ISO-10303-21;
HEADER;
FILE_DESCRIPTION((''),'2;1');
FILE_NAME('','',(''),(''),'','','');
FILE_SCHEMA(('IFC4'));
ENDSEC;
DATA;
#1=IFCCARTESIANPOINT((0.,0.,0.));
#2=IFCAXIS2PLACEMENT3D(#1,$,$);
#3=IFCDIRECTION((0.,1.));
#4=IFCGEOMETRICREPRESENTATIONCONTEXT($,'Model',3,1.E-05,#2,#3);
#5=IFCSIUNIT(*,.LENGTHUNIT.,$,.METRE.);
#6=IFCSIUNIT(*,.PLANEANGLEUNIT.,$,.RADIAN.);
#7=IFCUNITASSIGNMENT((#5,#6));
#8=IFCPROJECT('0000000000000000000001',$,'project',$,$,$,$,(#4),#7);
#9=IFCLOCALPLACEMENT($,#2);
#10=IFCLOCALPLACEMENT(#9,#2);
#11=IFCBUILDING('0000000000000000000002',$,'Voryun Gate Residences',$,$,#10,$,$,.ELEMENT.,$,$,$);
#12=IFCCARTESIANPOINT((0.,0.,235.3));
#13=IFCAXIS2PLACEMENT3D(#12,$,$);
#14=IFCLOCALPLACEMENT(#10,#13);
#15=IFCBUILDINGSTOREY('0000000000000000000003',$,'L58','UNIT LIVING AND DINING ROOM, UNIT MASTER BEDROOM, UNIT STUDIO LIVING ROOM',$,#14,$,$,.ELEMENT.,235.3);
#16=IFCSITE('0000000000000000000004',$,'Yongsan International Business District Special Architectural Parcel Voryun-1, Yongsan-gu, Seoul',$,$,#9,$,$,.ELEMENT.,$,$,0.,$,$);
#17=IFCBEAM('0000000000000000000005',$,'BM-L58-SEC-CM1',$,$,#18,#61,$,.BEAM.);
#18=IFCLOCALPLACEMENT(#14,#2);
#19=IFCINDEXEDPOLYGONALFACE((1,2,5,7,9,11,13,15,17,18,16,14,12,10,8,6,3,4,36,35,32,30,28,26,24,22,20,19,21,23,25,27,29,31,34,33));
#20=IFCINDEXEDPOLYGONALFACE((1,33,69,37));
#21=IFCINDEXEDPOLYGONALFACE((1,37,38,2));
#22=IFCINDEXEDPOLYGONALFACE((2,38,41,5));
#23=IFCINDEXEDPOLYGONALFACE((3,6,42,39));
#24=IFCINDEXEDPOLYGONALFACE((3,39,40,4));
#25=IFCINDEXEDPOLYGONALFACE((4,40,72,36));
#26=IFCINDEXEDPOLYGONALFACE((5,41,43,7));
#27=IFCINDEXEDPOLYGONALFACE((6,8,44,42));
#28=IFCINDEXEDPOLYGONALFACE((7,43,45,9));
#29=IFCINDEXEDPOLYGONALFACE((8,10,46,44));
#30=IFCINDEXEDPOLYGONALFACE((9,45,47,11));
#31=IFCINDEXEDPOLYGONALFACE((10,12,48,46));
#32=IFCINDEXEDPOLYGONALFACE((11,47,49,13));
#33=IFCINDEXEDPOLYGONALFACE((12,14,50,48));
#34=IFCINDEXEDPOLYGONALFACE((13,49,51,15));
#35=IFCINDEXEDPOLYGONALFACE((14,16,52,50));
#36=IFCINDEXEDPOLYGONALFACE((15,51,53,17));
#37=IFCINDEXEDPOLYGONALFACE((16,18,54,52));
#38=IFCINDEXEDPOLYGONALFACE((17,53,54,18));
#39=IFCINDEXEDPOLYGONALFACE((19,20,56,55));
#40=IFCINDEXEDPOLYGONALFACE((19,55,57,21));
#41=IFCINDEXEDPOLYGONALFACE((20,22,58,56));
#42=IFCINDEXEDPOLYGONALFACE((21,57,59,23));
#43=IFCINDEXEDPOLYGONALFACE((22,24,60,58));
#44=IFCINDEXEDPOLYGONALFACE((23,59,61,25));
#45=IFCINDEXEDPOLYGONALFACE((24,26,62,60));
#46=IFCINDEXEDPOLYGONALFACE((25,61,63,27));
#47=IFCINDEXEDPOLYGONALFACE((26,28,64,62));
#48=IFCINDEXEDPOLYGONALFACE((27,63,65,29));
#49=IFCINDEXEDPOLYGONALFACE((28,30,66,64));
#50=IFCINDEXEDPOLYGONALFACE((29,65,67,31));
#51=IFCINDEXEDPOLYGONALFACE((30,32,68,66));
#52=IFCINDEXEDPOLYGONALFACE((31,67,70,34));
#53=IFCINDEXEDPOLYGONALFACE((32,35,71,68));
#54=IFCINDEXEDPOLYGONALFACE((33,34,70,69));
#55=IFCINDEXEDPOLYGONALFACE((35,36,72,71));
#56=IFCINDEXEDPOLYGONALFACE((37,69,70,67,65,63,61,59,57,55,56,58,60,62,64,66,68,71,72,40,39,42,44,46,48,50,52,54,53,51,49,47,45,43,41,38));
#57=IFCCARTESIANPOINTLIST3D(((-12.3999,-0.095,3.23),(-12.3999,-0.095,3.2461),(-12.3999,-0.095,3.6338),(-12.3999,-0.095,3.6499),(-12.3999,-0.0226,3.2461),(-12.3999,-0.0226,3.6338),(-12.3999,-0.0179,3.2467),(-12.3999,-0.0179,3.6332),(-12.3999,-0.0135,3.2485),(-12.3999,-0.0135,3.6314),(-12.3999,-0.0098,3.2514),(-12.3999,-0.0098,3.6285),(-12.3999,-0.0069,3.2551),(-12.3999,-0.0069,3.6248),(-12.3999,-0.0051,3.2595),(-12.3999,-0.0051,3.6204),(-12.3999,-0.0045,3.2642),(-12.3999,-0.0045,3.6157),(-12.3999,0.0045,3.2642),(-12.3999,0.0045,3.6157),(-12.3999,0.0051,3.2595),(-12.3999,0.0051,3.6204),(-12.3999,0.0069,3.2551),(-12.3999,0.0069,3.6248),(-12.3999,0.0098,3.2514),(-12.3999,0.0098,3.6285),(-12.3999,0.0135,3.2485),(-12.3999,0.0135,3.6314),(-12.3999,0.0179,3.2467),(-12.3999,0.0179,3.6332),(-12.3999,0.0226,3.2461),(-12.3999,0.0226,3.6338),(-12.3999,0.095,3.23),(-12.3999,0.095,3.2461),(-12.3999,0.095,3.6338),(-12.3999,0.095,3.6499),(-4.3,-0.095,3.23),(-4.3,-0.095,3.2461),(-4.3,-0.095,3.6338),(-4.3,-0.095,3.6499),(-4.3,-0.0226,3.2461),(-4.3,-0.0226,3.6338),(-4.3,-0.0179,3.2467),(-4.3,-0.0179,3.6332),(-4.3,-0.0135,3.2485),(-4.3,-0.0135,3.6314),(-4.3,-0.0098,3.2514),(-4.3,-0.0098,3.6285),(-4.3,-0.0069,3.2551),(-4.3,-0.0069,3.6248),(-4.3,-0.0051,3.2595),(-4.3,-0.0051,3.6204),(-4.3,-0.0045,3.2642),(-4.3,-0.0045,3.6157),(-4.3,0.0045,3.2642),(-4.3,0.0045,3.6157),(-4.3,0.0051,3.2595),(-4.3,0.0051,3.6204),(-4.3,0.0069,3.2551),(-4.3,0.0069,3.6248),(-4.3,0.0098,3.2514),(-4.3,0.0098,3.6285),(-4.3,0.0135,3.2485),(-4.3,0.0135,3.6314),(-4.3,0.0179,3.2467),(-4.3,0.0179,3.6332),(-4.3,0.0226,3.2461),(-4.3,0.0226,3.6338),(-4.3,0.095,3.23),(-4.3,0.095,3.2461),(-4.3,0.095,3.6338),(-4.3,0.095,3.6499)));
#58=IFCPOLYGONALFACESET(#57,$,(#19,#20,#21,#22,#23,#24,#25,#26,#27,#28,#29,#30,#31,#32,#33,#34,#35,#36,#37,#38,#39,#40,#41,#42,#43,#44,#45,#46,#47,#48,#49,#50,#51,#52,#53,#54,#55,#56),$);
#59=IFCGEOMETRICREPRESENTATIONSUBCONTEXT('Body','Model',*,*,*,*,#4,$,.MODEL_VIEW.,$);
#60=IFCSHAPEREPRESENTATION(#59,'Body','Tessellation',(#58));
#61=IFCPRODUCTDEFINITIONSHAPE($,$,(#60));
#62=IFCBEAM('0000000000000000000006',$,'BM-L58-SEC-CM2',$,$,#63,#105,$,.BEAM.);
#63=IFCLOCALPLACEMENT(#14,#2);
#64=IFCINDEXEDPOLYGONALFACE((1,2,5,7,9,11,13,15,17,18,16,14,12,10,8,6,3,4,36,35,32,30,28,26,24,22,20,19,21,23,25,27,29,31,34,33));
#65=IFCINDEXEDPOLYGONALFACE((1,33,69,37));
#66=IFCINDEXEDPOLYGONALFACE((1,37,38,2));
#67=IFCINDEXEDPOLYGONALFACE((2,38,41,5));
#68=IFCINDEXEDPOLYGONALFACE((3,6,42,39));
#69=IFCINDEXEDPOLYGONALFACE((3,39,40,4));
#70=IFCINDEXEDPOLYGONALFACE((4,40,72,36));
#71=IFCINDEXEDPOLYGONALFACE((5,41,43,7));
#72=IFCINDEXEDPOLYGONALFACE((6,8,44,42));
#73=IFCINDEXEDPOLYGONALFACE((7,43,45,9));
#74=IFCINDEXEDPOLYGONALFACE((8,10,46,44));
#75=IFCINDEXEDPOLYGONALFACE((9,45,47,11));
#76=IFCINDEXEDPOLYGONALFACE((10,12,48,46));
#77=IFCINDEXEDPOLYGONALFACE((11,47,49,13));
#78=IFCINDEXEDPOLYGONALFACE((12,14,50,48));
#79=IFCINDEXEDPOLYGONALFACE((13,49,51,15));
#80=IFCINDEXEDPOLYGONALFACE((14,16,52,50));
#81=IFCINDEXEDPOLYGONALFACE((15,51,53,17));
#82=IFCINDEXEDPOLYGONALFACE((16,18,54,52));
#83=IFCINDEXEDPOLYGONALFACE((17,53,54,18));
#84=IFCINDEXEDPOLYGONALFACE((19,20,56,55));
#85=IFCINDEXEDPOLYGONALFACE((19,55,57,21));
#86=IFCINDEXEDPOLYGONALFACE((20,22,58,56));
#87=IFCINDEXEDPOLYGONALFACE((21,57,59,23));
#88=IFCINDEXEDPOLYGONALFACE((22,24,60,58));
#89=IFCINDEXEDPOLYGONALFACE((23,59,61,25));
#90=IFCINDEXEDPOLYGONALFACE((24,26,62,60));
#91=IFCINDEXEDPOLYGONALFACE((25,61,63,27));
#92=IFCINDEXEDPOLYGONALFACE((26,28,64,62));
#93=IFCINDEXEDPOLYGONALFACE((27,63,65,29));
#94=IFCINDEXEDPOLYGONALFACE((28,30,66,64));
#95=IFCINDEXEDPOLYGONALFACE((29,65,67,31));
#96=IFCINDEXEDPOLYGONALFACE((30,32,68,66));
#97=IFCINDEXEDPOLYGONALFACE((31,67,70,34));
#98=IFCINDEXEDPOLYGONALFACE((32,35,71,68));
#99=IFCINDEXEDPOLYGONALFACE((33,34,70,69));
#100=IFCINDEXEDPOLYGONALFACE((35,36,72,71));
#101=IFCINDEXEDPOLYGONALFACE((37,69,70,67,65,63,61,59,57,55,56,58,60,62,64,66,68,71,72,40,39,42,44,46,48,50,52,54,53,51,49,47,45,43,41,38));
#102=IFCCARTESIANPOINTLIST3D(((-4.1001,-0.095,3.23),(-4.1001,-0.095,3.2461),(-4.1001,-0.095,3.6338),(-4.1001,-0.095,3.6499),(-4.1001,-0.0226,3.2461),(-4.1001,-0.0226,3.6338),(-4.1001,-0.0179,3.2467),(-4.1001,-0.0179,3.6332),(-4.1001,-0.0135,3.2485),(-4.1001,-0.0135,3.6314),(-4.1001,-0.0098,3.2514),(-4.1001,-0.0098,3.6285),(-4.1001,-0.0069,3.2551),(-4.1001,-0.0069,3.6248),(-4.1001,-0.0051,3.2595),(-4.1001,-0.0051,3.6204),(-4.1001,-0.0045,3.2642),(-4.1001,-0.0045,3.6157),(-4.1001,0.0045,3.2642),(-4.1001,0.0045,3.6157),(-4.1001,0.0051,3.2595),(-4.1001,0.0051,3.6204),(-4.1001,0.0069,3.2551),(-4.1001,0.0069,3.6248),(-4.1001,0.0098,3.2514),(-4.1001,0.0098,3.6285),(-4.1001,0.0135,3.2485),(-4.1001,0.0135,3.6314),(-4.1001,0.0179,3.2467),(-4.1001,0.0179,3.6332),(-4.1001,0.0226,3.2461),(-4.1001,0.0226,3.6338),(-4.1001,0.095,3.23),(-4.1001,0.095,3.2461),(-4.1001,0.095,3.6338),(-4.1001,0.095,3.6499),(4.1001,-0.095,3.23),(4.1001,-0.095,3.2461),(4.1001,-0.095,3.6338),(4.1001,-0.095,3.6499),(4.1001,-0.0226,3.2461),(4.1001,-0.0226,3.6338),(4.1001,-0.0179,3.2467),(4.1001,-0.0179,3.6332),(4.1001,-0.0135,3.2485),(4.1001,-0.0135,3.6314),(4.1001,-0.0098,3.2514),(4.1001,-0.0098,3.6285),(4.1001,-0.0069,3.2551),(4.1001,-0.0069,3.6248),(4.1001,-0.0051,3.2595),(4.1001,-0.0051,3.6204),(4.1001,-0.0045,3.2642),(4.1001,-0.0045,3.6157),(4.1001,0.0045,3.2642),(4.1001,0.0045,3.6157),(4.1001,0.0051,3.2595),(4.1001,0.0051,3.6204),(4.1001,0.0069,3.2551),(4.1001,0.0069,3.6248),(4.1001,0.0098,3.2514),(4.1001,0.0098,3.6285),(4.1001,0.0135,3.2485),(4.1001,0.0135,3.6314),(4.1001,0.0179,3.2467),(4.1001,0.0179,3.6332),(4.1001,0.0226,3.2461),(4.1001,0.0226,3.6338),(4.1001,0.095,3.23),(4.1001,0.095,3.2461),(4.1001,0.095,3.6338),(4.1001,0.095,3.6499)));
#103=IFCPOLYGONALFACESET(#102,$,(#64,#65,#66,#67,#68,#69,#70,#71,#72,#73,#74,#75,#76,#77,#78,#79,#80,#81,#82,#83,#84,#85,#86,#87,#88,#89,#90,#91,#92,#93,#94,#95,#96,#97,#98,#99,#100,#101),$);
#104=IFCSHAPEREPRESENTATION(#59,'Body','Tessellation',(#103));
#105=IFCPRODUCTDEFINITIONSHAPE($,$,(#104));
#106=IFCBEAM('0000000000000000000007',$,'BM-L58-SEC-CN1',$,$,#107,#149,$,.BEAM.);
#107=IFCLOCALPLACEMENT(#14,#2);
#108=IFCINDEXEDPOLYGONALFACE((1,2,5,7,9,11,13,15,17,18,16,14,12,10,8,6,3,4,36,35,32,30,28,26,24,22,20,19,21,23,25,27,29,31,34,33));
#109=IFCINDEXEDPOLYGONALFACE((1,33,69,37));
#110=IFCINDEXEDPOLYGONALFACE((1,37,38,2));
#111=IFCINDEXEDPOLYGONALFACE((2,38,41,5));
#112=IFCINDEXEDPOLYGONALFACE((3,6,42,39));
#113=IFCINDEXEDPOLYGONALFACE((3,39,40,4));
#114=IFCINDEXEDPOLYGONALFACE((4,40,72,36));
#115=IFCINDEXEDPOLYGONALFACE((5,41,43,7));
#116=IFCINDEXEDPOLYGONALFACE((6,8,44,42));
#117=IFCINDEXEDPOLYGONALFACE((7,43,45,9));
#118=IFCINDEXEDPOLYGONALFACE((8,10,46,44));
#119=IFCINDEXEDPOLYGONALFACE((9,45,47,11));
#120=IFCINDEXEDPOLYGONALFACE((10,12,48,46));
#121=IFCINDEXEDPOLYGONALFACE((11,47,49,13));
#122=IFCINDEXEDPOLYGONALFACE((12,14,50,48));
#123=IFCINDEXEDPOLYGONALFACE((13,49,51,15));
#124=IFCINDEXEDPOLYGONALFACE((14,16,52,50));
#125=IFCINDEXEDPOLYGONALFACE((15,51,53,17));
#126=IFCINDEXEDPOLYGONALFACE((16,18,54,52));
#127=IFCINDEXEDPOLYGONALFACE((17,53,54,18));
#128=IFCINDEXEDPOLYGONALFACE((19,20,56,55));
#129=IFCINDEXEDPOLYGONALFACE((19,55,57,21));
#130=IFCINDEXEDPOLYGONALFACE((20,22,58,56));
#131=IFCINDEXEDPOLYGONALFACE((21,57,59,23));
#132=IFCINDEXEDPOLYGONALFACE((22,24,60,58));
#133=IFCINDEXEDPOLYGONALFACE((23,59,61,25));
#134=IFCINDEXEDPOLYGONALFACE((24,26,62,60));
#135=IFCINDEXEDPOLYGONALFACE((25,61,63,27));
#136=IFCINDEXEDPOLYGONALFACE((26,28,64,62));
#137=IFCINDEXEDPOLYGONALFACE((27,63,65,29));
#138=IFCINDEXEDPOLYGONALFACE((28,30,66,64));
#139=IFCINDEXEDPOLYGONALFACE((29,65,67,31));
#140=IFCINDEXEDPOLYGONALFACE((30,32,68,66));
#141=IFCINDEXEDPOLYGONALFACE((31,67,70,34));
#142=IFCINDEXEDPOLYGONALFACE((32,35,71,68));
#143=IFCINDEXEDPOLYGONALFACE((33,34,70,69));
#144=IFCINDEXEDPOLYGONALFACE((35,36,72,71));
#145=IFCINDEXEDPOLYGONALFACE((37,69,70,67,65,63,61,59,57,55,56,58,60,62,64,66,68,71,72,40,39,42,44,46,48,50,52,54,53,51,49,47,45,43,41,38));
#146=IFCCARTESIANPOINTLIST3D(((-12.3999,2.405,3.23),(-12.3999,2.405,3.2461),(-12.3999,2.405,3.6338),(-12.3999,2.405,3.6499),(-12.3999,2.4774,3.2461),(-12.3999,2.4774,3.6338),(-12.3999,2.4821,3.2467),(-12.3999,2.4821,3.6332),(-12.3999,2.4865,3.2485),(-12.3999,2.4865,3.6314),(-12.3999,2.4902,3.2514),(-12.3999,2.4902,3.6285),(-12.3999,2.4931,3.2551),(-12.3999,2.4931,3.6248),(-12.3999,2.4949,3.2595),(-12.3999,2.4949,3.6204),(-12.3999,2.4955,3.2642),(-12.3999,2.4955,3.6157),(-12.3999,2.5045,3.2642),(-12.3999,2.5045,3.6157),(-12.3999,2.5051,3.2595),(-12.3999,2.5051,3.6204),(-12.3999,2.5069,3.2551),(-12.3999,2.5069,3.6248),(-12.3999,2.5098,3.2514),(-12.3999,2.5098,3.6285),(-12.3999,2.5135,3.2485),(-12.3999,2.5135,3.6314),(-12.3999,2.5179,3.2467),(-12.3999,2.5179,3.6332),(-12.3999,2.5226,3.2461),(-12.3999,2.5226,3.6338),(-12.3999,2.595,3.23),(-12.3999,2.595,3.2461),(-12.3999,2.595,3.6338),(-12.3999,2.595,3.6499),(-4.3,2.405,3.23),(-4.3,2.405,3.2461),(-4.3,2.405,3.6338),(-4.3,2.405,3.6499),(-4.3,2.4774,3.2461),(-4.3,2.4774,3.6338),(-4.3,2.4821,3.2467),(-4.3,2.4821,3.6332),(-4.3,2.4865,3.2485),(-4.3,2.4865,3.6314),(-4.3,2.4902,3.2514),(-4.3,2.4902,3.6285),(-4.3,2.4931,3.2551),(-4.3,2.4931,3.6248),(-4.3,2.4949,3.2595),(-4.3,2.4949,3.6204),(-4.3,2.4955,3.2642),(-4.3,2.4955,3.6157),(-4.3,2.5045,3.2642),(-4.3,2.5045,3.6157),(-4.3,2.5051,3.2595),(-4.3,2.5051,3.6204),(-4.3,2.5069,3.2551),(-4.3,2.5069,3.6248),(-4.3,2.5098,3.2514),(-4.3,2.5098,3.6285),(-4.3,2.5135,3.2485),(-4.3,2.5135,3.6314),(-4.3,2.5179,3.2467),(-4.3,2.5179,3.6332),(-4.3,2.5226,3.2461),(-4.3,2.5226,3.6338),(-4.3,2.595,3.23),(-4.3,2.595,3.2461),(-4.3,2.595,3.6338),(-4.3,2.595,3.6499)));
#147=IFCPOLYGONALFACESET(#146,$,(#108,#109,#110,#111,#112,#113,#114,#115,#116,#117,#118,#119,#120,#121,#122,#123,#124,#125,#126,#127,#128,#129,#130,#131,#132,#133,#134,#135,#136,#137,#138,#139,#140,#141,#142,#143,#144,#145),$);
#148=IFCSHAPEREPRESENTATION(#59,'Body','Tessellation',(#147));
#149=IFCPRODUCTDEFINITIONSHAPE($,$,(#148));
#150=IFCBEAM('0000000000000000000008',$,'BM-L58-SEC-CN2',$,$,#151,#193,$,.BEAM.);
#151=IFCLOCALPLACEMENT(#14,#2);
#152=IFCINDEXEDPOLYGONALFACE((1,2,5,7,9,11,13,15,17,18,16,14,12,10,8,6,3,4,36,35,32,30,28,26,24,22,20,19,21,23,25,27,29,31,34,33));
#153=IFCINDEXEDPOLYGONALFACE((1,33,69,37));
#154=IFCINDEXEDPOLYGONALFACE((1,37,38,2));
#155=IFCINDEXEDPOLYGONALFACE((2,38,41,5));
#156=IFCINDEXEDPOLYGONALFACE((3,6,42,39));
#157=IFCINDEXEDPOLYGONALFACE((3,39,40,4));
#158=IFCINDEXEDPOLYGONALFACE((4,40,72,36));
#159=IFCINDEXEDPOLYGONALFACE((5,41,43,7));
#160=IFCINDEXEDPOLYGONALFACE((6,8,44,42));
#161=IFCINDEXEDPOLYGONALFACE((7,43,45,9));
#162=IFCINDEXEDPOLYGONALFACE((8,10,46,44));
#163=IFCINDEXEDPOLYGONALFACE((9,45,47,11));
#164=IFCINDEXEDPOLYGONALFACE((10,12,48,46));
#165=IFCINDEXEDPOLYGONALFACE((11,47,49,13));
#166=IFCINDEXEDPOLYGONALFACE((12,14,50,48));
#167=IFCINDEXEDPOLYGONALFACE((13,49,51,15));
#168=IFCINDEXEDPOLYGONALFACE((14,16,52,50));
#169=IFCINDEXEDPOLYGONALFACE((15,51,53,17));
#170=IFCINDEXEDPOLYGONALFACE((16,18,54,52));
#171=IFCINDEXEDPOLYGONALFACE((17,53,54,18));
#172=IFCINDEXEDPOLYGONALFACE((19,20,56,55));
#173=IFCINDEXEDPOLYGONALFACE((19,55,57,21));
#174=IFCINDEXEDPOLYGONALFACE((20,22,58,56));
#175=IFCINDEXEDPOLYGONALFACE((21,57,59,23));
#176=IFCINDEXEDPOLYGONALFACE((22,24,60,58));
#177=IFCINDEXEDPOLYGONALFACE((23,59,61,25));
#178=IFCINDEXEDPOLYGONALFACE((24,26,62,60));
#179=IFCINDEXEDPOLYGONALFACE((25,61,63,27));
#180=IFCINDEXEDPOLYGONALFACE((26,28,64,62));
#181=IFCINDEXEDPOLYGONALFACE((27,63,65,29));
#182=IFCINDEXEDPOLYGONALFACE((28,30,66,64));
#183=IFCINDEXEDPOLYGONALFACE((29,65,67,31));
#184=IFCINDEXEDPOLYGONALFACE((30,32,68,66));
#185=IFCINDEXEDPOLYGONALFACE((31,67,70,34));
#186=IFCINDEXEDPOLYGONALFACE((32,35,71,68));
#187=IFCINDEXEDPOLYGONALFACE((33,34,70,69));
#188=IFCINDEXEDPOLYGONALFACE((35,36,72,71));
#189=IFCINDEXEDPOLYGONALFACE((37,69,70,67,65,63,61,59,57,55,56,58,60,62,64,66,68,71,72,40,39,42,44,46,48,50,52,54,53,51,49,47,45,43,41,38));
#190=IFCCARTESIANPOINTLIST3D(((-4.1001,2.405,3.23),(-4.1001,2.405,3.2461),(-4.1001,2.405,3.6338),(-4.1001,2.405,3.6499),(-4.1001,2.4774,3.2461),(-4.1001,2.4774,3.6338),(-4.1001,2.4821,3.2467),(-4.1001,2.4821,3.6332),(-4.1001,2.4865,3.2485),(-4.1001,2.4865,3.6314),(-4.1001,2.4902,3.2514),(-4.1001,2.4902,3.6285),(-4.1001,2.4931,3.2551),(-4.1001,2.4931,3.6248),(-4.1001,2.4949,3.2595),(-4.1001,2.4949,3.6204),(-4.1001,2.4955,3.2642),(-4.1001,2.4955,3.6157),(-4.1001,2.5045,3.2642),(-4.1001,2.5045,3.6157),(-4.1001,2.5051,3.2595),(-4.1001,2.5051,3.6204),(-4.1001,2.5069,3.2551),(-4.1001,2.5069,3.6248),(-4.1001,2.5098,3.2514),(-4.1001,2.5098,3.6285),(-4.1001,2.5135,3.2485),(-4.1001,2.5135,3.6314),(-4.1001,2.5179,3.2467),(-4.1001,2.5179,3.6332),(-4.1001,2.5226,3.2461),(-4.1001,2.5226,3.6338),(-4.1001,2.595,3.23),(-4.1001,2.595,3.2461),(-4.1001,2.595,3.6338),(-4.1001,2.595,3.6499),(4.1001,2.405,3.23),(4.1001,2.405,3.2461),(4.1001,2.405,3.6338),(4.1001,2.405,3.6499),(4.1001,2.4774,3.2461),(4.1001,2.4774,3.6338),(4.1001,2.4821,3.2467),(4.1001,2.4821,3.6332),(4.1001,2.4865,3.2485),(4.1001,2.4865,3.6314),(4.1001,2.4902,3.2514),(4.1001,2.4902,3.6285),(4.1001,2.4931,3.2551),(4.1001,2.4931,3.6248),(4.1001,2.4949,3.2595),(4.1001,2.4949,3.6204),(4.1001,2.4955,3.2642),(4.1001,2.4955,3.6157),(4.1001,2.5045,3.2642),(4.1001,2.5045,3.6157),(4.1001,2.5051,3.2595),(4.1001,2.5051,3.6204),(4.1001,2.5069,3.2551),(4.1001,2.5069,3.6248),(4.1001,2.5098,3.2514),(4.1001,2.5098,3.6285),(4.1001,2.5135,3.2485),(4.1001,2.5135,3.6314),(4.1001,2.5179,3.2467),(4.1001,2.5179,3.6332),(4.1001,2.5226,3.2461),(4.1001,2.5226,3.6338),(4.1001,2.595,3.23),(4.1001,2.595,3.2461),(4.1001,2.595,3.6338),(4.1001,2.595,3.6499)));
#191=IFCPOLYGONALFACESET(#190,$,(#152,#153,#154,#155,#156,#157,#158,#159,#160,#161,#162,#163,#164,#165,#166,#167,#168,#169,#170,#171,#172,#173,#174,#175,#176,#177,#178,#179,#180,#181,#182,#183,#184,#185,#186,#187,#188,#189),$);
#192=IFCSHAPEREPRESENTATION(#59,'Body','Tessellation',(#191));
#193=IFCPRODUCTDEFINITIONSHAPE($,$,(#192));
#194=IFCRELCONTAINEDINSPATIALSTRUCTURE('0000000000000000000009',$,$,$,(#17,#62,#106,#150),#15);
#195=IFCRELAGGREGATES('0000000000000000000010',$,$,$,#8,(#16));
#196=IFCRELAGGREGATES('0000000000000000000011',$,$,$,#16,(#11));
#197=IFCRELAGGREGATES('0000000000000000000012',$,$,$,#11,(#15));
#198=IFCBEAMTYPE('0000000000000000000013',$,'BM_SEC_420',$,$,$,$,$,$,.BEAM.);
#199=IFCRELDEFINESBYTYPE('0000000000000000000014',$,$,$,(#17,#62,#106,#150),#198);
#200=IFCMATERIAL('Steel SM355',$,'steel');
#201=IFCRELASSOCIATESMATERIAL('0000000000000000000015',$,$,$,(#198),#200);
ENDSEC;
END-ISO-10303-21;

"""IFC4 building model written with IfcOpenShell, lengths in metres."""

from ifc_helpers import new_model, si_unit, direction, frame, origin, origin_2d, place, context, subcontext, project, spatial, i_section, extrude, material, material_profile, profile_set, type_object, element, save


model = new_model("IFC4")

# Units and contexts
model_context = context("Model", 3, precision=1e-05, world=origin(), true_north=direction((0.0, 1.0)))
body_context = subcontext(model_context, "Body", "Model", "MODEL_VIEW")
ifc_project = project(units=[si_unit("LENGTHUNIT", "METRE"), si_unit("PLANEANGLEUNIT", "RADIAN")], contexts=[model_context])

# Site, building, storey
site_placement = place(None, origin())
site = spatial("IfcSite", under=ifc_project, at=site_placement, Name="Yongsan International Business District Special Architectural Parcel Voryun-1, Yongsan-gu, Seoul", CompositionType="ELEMENT", RefElevation=0.0)
building_placement = place(site_placement, origin())
building = spatial("IfcBuilding", under=site, at=building_placement, Name="Voryun Gate Residences", CompositionType="ELEMENT")
storey_placement = place(building_placement, frame((0.0, 0.0, 235.3)))
storey = spatial("IfcBuildingStorey", under=building, at=storey_placement, Name="L58", Description="UNIT LIVING AND DINING ROOM, UNIT MASTER BEDROOM, UNIT STUDIO LIVING ROOM", CompositionType="ELEMENT", Elevation=235.3)

# Beams
ifc_material_1 = material(Name="Steel SM355", Category="steel")
ifc_material_profile_1 = material_profile(ifc_material_1, i_section(OverallWidth=0.1899, OverallDepth=0.4199, WebThickness=0.009, FlangeThickness=0.0161, FilletRadius=0.0181, at=origin_2d()), Name="H-420x190x9x16")
ifc_profile_set_1 = profile_set([ifc_material_profile_1], Name="Steel SM355")
beam_type_1 = type_object("IfcBeamType", Name="BM_SEC_420", PredefinedType="BEAM", material=ifc_profile_set_1)
beam_1_placement = place(storey_placement, frame((-12.3999, 0.0, 3.4399), z_axis=(1.0, 0.0, 0.0), x_axis=(0.0, 1.0, 0.0)))
element("IfcBeam", 1, at=beam_1_placement, inside=storey, type_object=beam_type_1, Name="BM-L58-SEC-CM1", PredefinedType="BEAM", context=body_context, shape_type="SweptSolid", body=[
    extrude(i_section(OverallWidth=0.1899, OverallDepth=0.4199, WebThickness=0.009, FlangeThickness=0.0161, FilletRadius=0.0181, at=origin_2d()), origin(), (0.0, 0.0, 1.0), 8.0999),
])
beam_2_placement = place(storey_placement, frame((-4.1001, 0.0, 3.4399), z_axis=(1.0, 0.0, 0.0), x_axis=(0.0, 1.0, 0.0)))
element("IfcBeam", 2, at=beam_2_placement, inside=storey, type_object=beam_type_1, Name="BM-L58-SEC-CM2", PredefinedType="BEAM", context=body_context, shape_type="SweptSolid", body=[
    extrude(i_section(OverallWidth=0.1899, OverallDepth=0.4199, WebThickness=0.009, FlangeThickness=0.0161, FilletRadius=0.0181, at=origin_2d()), origin(), (0.0, 0.0, 1.0), 8.2002),
])
beam_3_placement = place(storey_placement, frame((-12.3999, 2.5, 3.4399), z_axis=(1.0, 0.0, 0.0), x_axis=(0.0, 1.0, 0.0)))
element("IfcBeam", 3, at=beam_3_placement, inside=storey, type_object=beam_type_1, Name="BM-L58-SEC-CN1", PredefinedType="BEAM", context=body_context, shape_type="SweptSolid", body=[
    extrude(i_section(OverallWidth=0.1899, OverallDepth=0.4199, WebThickness=0.009, FlangeThickness=0.0161, FilletRadius=0.0181, at=origin_2d()), origin(), (0.0, 0.0, 1.0), 8.0999),
])
beam_4_placement = place(storey_placement, frame((-4.1001, 2.5, 3.4399), z_axis=(1.0, 0.0, 0.0), x_axis=(0.0, 1.0, 0.0)))
element("IfcBeam", 4, at=beam_4_placement, inside=storey, type_object=beam_type_1, Name="BM-L58-SEC-CN2", PredefinedType="BEAM", context=body_context, shape_type="SweptSolid", body=[
    extrude(i_section(OverallWidth=0.1899, OverallDepth=0.4199, WebThickness=0.009, FlangeThickness=0.0161, FilletRadius=0.0181, at=origin_2d()), origin(), (0.0, 0.0, 1.0), 8.2002),
])

save(model, "model.ifc")
